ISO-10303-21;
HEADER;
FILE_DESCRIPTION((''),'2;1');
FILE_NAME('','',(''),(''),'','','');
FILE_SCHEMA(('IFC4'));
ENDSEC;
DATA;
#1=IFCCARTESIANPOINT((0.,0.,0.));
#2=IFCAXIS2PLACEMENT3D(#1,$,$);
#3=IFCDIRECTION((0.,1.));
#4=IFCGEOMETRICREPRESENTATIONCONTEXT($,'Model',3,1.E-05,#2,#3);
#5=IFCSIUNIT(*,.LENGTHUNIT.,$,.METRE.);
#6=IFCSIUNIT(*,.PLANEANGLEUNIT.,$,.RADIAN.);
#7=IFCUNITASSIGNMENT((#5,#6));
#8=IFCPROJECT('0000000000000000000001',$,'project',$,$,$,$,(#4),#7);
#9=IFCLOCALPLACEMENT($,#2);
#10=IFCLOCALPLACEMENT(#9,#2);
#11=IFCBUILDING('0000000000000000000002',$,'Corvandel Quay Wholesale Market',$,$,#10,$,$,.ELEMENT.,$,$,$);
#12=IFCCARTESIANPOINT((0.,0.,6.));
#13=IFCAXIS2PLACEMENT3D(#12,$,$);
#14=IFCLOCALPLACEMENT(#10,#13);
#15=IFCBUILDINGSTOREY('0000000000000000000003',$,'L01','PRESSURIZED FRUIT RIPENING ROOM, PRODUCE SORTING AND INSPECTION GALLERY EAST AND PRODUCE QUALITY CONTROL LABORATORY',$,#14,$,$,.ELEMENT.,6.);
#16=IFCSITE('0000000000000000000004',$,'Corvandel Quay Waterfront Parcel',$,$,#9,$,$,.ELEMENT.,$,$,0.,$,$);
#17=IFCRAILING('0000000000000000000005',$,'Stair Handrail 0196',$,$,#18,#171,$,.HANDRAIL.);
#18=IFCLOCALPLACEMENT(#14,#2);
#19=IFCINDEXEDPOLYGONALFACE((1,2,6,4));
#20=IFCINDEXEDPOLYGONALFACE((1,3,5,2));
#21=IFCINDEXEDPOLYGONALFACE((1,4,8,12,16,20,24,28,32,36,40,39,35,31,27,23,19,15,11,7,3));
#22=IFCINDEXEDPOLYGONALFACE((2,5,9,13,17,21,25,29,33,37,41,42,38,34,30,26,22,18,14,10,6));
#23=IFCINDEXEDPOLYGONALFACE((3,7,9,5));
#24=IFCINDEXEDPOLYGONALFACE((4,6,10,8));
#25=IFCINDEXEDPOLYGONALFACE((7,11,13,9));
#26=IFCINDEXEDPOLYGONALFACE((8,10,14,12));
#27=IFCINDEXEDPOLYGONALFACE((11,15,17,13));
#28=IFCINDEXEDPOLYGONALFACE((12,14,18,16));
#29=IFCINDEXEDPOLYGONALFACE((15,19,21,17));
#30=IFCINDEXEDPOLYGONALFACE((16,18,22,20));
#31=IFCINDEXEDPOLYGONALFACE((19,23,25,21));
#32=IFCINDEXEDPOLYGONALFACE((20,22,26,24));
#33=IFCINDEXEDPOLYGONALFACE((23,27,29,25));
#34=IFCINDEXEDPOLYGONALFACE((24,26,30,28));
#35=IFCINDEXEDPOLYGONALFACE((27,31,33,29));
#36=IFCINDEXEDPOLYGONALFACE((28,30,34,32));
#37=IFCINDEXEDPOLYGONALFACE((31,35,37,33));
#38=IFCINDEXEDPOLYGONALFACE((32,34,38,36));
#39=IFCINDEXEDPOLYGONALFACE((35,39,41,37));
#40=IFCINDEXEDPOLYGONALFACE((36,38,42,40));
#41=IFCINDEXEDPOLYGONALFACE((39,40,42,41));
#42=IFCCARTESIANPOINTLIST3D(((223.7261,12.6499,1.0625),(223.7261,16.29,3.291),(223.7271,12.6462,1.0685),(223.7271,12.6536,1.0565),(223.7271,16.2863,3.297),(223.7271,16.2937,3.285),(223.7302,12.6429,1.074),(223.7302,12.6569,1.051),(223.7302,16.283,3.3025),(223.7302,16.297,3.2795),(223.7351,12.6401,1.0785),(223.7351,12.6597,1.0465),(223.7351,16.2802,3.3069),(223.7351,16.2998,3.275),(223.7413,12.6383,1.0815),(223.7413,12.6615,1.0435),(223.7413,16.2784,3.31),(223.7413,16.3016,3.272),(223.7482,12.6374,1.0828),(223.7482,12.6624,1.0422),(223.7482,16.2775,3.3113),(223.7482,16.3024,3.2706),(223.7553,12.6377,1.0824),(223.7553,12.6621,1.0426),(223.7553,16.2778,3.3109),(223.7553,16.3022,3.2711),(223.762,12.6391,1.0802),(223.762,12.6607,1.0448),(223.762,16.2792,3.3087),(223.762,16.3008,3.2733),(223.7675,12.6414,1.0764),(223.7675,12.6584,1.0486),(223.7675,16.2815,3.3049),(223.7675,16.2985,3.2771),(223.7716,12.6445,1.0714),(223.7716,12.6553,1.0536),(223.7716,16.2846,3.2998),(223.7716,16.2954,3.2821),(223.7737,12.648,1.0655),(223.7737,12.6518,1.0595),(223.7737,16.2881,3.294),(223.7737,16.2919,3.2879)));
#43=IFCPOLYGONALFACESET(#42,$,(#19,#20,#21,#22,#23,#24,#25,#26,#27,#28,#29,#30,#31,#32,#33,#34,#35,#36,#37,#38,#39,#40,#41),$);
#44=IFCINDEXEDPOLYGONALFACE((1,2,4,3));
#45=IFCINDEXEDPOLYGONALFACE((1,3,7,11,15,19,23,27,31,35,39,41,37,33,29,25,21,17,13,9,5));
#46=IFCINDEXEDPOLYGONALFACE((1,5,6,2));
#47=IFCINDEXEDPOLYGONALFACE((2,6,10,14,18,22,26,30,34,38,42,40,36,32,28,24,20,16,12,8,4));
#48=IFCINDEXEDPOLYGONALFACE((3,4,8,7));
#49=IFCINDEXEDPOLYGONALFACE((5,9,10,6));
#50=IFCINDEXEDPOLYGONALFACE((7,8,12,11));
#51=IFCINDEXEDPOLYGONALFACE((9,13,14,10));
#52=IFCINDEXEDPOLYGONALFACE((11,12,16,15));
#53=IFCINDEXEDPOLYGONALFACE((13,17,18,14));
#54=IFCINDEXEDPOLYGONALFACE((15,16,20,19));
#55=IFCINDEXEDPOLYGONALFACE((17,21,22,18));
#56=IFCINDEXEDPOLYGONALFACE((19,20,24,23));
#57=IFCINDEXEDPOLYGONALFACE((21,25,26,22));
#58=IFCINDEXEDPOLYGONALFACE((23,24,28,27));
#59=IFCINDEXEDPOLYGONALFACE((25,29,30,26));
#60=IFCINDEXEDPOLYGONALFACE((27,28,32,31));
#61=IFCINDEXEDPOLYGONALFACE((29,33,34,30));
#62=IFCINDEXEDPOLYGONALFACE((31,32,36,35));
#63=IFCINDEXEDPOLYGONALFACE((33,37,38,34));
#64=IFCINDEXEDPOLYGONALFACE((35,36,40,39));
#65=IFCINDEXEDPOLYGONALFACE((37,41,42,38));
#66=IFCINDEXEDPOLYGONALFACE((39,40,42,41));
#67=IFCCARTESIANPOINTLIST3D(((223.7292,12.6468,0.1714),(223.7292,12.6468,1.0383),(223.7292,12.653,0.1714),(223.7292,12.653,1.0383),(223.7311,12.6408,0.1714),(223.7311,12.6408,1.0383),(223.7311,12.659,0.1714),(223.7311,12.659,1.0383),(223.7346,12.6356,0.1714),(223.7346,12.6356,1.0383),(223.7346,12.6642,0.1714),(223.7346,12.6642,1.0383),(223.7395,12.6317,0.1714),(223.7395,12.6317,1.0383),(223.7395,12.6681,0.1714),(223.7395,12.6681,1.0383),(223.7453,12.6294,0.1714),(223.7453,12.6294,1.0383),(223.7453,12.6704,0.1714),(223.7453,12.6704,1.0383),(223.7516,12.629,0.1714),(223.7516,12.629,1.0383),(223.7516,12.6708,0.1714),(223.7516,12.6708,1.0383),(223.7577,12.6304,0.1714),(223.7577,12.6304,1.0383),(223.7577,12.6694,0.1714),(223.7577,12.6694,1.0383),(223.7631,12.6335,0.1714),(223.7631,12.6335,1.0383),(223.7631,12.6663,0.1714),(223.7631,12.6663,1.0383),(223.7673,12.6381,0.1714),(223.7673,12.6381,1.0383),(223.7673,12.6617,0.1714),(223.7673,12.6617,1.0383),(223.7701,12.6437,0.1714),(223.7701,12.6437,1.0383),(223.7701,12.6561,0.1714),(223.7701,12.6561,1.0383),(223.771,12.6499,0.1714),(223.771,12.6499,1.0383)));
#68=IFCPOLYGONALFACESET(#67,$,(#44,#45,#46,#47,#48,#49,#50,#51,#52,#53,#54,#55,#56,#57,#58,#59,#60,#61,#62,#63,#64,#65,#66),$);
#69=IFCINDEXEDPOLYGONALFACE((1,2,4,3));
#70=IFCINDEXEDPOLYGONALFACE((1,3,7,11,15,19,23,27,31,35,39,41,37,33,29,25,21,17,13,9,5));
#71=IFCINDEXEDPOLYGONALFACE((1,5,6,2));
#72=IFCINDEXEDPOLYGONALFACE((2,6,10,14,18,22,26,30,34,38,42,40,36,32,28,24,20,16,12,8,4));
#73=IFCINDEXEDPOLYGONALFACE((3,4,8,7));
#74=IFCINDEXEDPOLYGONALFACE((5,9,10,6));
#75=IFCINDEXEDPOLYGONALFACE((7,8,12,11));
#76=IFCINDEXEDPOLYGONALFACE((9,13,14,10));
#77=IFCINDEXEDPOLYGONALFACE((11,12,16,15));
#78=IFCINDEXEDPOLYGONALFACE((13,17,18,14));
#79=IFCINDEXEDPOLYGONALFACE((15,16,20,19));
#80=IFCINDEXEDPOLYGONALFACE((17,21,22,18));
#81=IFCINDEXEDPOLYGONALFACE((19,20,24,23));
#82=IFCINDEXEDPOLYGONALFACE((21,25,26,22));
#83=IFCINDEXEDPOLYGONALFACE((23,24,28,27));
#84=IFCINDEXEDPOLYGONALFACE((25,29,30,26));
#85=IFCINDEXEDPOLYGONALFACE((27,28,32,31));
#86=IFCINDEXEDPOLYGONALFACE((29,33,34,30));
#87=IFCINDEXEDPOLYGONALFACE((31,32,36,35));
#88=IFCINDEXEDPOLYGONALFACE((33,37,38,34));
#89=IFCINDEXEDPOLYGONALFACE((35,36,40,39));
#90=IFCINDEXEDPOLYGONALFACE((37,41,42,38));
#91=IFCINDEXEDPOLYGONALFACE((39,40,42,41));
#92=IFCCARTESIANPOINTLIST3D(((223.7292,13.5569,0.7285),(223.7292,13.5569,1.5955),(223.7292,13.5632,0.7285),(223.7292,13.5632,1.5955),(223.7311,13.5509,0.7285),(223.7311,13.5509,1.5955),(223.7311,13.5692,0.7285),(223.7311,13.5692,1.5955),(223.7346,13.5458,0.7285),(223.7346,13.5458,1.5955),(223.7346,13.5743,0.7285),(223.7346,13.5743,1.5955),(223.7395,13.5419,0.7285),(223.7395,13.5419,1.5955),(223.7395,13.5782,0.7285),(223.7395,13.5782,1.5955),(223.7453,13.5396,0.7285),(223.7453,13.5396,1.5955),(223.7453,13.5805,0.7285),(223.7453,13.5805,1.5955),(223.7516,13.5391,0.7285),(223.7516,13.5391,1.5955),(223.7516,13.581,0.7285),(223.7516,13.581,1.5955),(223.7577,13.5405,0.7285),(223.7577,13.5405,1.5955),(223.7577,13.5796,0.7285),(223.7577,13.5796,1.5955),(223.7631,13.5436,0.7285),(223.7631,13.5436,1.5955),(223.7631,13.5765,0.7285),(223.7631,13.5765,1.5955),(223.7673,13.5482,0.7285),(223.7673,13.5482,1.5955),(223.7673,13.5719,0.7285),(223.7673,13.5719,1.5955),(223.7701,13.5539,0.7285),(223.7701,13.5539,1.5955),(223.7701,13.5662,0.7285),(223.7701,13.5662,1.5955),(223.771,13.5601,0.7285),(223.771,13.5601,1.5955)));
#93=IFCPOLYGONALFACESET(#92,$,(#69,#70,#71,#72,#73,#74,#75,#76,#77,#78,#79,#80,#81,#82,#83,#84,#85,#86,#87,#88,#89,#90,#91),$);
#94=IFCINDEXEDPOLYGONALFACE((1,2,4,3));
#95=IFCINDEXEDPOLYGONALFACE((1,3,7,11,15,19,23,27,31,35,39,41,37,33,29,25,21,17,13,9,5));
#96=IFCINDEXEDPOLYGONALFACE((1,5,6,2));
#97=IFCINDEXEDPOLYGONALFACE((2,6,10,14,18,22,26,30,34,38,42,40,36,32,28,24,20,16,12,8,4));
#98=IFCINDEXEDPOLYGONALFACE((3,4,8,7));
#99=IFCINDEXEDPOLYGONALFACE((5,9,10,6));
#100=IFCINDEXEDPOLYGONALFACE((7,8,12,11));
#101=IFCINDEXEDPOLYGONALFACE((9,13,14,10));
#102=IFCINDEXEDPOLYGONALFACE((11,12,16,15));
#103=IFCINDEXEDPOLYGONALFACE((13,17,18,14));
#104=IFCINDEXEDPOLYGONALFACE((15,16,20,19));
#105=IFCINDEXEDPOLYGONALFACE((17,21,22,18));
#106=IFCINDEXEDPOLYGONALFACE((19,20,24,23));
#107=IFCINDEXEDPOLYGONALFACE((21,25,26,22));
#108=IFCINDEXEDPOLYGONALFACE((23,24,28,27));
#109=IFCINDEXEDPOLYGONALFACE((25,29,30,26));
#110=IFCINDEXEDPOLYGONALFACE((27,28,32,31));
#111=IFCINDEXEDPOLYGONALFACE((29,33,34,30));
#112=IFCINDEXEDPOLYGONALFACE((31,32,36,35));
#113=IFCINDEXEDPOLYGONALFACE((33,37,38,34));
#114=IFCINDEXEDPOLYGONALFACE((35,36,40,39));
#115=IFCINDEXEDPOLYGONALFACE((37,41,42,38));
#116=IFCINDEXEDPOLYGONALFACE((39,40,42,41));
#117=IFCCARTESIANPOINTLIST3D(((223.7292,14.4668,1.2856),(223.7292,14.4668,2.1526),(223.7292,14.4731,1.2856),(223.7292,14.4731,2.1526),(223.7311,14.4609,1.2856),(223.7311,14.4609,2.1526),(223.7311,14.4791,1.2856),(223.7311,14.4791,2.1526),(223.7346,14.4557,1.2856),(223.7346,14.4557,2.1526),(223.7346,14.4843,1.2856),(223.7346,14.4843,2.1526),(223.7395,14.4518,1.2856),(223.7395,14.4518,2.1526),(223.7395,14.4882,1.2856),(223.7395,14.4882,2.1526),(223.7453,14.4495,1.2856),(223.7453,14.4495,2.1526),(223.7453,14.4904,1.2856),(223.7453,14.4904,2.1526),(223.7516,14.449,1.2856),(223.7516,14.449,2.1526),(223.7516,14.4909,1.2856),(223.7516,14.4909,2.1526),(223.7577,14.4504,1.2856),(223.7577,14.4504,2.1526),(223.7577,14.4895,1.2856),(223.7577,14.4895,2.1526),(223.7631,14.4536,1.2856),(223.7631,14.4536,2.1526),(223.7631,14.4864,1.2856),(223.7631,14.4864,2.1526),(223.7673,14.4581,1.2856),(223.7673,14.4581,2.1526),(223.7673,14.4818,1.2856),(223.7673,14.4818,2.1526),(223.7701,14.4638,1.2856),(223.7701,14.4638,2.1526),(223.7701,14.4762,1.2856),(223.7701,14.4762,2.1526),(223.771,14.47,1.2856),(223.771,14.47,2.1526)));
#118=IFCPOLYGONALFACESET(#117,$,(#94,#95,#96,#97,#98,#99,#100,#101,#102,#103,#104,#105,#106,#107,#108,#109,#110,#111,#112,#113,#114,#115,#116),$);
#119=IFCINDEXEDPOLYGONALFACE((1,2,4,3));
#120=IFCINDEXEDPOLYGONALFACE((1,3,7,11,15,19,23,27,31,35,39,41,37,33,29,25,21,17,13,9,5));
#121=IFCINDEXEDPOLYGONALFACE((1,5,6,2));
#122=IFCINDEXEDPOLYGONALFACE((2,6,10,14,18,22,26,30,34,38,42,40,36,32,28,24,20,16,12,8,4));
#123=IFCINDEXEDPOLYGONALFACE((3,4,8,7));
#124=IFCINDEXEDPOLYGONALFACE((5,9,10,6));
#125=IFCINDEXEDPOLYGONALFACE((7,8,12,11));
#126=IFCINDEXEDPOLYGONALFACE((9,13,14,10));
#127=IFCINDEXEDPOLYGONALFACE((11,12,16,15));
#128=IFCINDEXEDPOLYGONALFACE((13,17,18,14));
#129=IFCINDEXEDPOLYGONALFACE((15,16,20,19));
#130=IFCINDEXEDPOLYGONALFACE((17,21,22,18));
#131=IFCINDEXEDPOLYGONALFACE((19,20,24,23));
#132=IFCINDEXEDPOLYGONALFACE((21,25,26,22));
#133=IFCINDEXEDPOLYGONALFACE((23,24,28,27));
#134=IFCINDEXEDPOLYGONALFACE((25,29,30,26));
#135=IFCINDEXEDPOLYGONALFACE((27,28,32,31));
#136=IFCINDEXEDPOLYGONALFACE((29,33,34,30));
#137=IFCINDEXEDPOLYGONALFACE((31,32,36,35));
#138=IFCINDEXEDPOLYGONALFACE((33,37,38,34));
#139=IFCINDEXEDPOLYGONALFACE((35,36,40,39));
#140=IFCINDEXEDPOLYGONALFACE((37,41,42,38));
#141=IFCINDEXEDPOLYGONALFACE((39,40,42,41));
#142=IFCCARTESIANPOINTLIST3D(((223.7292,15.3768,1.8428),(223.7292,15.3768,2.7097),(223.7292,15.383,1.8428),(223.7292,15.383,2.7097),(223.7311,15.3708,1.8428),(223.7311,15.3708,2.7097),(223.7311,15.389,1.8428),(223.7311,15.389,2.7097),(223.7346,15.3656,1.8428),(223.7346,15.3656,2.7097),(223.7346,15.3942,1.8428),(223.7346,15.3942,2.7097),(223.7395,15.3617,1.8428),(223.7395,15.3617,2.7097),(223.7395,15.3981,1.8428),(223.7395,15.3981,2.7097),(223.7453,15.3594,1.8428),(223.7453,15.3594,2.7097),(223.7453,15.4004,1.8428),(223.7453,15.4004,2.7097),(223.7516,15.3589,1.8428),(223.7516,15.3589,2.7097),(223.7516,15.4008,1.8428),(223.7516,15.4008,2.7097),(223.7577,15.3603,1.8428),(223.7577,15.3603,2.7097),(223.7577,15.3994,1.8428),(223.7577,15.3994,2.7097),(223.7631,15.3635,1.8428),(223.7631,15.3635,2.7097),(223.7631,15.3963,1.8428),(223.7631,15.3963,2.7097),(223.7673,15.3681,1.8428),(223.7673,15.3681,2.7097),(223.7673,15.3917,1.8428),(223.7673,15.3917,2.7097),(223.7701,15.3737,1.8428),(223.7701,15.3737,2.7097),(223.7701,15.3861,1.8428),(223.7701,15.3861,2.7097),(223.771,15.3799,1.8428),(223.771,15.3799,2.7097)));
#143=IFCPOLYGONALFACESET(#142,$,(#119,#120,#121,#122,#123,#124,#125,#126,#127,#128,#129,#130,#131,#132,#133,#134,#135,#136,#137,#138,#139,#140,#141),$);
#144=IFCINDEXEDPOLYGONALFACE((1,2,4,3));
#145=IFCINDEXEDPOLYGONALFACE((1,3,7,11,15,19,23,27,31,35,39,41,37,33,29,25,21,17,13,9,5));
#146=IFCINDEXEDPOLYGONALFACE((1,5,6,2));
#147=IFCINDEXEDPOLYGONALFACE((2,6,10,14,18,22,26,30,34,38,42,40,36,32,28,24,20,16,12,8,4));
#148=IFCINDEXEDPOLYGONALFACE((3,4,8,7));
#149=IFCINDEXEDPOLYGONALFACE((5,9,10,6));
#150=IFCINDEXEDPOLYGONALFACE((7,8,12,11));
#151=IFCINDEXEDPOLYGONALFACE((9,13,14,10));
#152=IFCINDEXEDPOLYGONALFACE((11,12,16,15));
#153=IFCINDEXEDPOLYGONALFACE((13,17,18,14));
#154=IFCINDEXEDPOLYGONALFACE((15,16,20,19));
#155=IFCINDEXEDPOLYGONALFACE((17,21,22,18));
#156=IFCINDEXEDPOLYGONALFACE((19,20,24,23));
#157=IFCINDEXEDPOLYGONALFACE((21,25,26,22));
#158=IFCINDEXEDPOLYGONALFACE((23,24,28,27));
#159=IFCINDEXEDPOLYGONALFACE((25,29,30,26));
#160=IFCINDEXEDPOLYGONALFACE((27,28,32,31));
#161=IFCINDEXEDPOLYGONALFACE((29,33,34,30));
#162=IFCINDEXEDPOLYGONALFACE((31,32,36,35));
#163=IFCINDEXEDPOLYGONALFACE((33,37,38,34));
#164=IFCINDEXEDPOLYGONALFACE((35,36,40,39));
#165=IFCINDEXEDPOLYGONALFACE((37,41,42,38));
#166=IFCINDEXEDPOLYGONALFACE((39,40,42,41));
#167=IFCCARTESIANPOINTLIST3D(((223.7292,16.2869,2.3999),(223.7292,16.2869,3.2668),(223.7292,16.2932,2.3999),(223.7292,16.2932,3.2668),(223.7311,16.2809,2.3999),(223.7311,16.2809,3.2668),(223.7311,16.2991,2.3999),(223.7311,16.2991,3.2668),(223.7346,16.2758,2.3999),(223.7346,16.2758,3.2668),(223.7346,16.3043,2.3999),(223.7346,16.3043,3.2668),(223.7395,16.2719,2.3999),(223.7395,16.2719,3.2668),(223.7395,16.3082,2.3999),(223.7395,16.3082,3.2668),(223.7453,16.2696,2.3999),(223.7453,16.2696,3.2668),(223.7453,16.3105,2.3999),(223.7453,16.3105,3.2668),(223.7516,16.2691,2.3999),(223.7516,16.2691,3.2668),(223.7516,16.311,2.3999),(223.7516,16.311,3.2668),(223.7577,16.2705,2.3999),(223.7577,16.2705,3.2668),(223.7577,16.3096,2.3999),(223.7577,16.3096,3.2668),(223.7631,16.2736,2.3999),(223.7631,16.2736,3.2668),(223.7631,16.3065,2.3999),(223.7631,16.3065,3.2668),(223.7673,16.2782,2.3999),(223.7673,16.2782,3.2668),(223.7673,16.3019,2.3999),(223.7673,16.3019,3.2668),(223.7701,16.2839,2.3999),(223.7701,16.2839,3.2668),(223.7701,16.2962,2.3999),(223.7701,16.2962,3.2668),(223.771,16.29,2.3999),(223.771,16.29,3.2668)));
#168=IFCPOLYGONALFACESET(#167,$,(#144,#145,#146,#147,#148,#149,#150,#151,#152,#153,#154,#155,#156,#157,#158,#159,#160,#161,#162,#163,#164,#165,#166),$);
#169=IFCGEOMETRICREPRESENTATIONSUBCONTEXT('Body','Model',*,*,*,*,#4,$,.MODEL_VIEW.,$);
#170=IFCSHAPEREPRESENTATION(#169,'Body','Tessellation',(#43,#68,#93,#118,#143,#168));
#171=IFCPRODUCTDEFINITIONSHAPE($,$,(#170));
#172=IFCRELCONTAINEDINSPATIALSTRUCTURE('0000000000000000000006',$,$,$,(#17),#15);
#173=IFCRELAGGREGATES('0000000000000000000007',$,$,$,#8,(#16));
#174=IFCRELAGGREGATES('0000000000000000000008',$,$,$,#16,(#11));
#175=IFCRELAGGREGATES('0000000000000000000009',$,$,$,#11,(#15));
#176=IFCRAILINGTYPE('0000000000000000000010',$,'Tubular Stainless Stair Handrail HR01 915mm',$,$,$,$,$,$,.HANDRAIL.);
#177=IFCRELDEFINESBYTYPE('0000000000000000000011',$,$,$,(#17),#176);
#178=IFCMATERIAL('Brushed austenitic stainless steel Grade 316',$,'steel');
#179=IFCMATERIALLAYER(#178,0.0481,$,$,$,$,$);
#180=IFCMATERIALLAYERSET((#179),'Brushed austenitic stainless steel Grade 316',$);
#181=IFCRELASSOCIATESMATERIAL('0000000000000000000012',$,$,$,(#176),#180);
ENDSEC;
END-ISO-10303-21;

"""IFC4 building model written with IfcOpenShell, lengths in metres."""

from ifc_helpers import new_model, si_unit, direction, frame, origin, origin_2d, place, context, subcontext, project, spatial, circle, extrude, material, layer, layer_set, type_object, element, save


model = new_model("IFC4")

# Units and contexts
model_context = context("Model", 3, precision=1e-05, world=origin(), true_north=direction((0.0, 1.0)))
body_context = subcontext(model_context, "Body", "Model", "MODEL_VIEW")
ifc_project = project(units=[si_unit("LENGTHUNIT", "METRE"), si_unit("PLANEANGLEUNIT", "RADIAN")], contexts=[model_context])

# Site, building, storey
site_placement = place(None, origin())
site = spatial("IfcSite", under=ifc_project, at=site_placement, Name="Corvandel Quay Waterfront Parcel", CompositionType="ELEMENT", RefElevation=0.0)
building_placement = place(site_placement, origin())
building = spatial("IfcBuilding", under=site, at=building_placement, Name="Corvandel Quay Wholesale Market", CompositionType="ELEMENT")
storey_placement = place(building_placement, frame((0.0, 0.0, 6.0)))
storey = spatial("IfcBuildingStorey", under=building, at=storey_placement, Name="L01", Description="PRESSURIZED FRUIT RIPENING ROOM, PRODUCE SORTING AND INSPECTION GALLERY EAST AND PRODUCE QUALITY CONTROL LABORATORY", CompositionType="ELEMENT", Elevation=6.0)

# Railing
ifc_material_1 = material(Name="Brushed austenitic stainless steel Grade 316", Category="steel")
ifc_layer_1 = layer(ifc_material_1, 0.0481)
ifc_layer_set_1 = layer_set([ifc_layer_1], Name="Brushed austenitic stainless steel Grade 316")
railing_type_1 = type_object("IfcRailingType", Name="Tubular Stainless Stair Handrail HR01 915mm", PredefinedType="HANDRAIL", material=ifc_layer_set_1)
for number, where, name in (
    (1, (223.75, 12.6499, 0.1714), "Stair Handrail 0196"),
):
    element("IfcRailing", number, at=place(storey_placement, frame(where)), inside=storey, type_object=railing_type_1, Name=name, PredefinedType="HANDRAIL", context=body_context, shape_type="SweptSolid", body=[
        extrude(circle(Radius=0.0239, at=origin_2d()), frame((0.0, 0.0, 0.8911), z_axis=(0.0, 0.852866, 0.52213), x_axis=(-1.0, 0.0, 0.0)), (0.0, 0.0, 1.0), 4.2681),
        extrude(circle(Radius=0.021, at=origin_2d()), origin(), (0.0, 0.0, 1.0), 0.8669),
        extrude(circle(Radius=0.021, at=origin_2d()), frame((0.0, 0.9102, 0.5571)), (0.0, 0.0, 1.0), 0.8669),
        extrude(circle(Radius=0.021, at=origin_2d()), frame((0.0, 1.8201, 1.1143)), (0.0, 0.0, 1.0), 0.8669),
        extrude(circle(Radius=0.021, at=origin_2d()), frame((0.0, 2.73, 1.6714)), (0.0, 0.0, 1.0), 0.8669),
        extrude(circle(Radius=0.021, at=origin_2d()), frame((0.0, 3.6401, 2.2285)), (0.0, 0.0, 1.0), 0.8669),
    ])

save(model, "model.ifc")
